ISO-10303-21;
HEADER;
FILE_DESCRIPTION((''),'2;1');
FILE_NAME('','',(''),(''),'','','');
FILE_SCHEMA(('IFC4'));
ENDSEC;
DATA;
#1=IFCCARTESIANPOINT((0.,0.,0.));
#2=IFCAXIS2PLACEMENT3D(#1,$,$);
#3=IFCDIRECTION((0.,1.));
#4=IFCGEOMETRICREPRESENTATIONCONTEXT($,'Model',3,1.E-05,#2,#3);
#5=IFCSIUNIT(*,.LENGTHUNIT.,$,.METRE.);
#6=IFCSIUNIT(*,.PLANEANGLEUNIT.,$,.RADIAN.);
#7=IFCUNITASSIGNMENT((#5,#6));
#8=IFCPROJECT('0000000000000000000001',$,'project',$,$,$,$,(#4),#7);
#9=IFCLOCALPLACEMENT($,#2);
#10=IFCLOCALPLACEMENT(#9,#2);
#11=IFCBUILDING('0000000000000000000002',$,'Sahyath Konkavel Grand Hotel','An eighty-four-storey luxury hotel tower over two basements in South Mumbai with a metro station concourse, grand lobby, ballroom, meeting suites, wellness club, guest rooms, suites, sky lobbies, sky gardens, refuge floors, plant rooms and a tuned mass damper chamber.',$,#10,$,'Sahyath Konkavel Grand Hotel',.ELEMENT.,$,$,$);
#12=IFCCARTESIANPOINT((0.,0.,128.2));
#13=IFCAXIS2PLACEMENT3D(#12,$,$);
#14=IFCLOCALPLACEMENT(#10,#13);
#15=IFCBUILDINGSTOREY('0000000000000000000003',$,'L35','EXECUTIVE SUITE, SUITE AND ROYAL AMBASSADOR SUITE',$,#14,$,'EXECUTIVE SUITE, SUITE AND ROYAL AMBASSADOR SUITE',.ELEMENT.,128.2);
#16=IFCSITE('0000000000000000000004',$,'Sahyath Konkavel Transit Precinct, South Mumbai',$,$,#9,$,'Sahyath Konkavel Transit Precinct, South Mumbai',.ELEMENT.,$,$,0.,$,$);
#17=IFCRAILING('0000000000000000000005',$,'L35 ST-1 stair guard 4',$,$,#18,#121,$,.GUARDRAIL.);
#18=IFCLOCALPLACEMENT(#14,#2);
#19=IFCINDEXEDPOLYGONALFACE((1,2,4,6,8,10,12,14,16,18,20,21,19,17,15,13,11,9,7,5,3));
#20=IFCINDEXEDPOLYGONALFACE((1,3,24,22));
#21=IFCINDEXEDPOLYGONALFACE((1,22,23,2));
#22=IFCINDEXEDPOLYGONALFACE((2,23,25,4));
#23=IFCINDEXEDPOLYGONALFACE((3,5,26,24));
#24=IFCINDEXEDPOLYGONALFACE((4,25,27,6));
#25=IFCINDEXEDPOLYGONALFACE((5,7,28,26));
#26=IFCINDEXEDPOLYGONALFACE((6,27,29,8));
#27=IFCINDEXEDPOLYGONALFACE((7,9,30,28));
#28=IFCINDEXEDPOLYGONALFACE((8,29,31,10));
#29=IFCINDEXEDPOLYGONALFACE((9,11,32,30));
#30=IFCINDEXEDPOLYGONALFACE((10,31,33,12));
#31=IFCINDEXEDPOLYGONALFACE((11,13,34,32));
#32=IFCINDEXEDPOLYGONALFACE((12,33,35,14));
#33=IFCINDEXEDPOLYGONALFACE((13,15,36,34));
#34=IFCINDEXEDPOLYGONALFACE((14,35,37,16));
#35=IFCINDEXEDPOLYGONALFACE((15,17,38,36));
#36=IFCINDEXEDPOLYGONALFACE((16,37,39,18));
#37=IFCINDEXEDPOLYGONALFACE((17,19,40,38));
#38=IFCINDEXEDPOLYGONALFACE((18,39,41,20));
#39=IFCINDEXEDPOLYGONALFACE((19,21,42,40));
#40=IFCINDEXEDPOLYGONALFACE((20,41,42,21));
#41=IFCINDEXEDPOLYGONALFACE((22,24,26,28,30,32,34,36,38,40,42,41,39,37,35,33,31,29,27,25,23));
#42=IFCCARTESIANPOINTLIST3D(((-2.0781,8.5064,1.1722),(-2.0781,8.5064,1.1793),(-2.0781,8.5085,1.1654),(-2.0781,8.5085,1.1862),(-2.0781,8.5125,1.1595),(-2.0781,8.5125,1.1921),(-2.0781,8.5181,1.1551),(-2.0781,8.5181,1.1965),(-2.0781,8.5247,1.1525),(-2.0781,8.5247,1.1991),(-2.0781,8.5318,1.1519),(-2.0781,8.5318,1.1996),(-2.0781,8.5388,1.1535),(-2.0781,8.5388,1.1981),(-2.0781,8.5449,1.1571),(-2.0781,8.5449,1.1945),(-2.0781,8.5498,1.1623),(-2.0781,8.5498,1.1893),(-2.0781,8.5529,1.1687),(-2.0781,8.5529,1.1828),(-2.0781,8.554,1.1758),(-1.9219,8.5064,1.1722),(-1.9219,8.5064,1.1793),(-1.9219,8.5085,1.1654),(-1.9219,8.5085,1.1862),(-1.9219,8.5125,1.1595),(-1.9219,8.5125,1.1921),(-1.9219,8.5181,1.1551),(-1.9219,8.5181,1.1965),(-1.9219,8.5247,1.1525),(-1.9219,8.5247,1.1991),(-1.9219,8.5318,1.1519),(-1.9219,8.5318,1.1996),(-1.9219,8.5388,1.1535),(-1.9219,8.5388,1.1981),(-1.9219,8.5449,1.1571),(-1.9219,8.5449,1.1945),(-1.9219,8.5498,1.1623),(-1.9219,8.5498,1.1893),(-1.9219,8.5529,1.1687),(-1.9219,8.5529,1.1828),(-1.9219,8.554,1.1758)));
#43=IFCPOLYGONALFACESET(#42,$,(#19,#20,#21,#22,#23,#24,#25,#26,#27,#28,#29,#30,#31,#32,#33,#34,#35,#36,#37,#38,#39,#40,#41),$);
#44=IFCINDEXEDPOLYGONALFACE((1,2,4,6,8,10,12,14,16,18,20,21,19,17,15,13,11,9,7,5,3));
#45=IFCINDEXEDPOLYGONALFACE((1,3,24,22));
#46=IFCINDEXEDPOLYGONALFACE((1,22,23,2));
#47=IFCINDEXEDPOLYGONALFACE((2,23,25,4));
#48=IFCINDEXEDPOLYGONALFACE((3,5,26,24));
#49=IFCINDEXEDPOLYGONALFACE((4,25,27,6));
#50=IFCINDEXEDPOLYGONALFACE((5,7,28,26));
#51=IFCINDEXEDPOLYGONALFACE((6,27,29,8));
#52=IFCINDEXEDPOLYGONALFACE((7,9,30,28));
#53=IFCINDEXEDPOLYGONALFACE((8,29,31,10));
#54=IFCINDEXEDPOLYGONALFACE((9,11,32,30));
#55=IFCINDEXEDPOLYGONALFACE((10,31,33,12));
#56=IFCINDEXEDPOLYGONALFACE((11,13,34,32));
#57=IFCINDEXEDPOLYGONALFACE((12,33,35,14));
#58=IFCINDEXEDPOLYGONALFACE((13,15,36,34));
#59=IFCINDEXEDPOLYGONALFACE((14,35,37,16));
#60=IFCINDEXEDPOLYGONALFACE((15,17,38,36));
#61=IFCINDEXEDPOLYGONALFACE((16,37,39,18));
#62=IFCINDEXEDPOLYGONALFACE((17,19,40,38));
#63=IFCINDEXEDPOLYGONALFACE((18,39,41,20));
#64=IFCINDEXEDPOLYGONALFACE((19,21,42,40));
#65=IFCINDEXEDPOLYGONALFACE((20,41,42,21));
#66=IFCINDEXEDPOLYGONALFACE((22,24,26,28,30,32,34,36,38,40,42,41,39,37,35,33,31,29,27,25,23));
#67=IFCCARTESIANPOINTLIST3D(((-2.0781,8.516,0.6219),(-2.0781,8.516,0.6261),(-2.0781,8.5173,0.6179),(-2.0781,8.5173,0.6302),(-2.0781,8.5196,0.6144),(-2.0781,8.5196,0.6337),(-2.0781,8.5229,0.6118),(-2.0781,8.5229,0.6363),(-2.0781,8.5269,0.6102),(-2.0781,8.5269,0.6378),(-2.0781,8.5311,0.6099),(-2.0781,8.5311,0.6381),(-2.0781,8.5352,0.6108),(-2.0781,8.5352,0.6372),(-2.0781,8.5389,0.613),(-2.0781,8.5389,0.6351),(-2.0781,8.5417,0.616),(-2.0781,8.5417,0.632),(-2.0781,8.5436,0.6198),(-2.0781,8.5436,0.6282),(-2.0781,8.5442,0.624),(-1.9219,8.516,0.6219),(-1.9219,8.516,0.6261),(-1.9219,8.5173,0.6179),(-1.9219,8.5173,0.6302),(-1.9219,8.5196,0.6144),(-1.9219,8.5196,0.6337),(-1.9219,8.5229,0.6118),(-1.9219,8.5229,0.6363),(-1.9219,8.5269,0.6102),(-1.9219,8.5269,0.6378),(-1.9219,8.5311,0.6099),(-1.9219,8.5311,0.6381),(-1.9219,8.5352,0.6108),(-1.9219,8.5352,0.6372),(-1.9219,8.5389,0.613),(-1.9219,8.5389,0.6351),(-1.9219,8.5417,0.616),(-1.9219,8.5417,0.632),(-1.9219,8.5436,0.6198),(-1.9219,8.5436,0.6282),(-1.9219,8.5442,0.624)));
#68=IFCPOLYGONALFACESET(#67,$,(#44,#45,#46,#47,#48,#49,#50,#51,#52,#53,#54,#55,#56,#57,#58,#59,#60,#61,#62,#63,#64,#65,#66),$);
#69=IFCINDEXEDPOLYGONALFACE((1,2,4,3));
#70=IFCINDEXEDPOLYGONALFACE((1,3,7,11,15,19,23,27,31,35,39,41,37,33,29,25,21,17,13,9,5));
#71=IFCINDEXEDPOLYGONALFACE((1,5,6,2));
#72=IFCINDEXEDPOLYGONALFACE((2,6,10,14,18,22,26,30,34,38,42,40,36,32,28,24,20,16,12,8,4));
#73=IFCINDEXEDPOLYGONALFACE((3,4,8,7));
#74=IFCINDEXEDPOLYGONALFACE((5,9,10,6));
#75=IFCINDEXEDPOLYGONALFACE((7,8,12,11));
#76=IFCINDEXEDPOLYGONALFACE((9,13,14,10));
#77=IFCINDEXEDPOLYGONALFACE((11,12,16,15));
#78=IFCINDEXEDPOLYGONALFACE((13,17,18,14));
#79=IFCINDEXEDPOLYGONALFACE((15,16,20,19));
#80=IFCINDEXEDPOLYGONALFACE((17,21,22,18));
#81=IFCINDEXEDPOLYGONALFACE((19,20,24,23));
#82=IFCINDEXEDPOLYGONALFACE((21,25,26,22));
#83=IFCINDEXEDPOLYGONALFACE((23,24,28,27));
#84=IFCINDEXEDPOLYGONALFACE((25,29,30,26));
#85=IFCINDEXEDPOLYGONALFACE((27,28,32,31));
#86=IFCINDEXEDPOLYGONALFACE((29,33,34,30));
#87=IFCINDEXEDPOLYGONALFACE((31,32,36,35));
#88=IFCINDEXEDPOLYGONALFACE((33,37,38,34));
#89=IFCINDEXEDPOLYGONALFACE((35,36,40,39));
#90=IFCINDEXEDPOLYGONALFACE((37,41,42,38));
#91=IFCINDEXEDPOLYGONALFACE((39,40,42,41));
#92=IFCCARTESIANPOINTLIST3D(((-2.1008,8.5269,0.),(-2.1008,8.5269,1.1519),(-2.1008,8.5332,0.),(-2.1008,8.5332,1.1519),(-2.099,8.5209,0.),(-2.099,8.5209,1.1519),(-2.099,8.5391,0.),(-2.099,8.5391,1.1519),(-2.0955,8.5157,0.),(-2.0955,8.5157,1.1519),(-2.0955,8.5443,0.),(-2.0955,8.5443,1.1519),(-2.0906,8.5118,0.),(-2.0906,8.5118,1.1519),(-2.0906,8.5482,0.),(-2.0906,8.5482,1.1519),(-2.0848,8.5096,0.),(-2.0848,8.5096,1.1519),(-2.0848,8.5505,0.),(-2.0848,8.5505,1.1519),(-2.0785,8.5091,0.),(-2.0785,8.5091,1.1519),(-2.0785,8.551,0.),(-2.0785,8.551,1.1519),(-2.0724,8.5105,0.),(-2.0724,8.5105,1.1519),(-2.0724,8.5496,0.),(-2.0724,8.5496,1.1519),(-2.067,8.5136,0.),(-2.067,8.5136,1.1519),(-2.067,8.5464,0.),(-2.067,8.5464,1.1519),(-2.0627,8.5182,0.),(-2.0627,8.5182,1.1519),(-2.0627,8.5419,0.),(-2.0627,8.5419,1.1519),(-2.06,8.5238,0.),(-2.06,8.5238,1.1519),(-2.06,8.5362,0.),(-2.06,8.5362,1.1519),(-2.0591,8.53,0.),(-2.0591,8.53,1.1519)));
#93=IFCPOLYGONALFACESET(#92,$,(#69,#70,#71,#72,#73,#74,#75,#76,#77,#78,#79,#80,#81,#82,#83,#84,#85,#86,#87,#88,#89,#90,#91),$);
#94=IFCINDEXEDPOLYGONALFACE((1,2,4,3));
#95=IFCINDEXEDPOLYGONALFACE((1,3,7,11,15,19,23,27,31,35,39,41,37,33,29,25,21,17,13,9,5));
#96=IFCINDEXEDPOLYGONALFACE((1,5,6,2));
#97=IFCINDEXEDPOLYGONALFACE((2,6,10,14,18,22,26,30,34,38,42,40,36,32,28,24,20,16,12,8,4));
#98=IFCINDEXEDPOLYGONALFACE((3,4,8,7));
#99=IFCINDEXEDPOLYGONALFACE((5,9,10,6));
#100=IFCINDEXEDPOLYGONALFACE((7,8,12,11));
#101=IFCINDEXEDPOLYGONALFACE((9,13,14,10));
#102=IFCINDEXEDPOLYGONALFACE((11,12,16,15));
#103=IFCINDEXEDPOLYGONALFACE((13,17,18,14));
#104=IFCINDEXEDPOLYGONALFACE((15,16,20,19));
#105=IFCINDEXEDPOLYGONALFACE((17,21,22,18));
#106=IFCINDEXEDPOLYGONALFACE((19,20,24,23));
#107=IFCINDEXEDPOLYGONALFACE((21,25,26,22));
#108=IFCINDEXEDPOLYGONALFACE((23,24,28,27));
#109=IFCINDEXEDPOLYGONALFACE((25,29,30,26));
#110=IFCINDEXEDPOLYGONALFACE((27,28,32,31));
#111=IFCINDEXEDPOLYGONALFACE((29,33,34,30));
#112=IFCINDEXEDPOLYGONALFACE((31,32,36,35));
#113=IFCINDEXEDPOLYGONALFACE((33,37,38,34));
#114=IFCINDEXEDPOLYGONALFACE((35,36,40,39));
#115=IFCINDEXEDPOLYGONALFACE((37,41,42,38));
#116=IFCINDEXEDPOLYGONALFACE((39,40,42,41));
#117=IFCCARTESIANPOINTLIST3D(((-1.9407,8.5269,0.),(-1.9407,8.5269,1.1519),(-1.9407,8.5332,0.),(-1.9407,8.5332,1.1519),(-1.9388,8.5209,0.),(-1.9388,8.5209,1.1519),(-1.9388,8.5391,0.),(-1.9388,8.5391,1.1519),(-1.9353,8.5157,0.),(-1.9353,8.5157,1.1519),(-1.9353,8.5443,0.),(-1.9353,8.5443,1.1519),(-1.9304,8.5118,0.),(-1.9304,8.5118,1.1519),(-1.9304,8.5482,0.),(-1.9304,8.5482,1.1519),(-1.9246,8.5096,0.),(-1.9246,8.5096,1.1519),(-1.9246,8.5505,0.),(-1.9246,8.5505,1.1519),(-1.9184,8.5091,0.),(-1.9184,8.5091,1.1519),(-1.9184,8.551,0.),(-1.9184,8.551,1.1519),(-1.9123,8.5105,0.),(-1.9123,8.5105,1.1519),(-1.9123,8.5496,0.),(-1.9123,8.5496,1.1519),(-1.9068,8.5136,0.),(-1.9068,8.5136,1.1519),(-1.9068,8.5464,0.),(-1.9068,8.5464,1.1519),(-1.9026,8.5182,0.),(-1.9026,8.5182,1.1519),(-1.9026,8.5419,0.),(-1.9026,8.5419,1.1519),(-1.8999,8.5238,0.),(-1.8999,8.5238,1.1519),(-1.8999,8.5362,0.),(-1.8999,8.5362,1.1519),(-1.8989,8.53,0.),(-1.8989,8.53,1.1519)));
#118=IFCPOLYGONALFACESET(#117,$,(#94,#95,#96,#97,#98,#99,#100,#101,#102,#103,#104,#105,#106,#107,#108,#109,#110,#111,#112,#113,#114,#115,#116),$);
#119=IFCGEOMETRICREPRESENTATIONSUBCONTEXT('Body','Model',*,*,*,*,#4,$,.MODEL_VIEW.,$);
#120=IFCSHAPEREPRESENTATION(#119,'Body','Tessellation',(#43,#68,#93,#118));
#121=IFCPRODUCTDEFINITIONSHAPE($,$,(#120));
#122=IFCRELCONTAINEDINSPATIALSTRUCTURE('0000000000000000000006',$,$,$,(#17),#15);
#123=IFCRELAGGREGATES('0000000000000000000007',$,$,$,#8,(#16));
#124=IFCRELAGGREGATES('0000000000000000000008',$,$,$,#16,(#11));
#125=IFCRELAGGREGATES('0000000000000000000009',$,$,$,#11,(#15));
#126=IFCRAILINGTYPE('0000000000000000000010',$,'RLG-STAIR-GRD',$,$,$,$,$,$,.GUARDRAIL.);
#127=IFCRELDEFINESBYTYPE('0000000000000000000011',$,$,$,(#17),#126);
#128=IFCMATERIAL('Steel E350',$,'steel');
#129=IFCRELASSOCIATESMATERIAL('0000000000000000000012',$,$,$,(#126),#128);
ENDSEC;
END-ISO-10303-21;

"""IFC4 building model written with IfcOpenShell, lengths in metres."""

from ifc_helpers import new_model, si_unit, direction, frame, origin, origin_2d, place, context, subcontext, project, spatial, circle, extrude, material, type_object, element, save


model = new_model("IFC4")

# Units and contexts
model_context = context("Model", 3, precision=1e-05, world=origin(), true_north=direction((0.0, 1.0)))
body_context = subcontext(model_context, "Body", "Model", "MODEL_VIEW")
ifc_project = project(units=[si_unit("LENGTHUNIT", "METRE"), si_unit("PLANEANGLEUNIT", "RADIAN")], contexts=[model_context])

# Site, building, storey
site_placement = place(None, origin())
site = spatial("IfcSite", under=ifc_project, at=site_placement, Name="Sahyath Konkavel Transit Precinct, South Mumbai", LongName="Sahyath Konkavel Transit Precinct, South Mumbai", CompositionType="ELEMENT", RefElevation=0.0)
building_placement = place(site_placement, origin())
building = spatial("IfcBuilding", under=site, at=building_placement, Name="Sahyath Konkavel Grand Hotel", Description="An eighty-four-storey luxury hotel tower over two basements in South Mumbai with a metro station concourse, grand lobby, ballroom, meeting suites, wellness club, guest rooms, suites, sky lobbies, sky gardens, refuge floors, plant rooms and a tuned mass damper chamber.", LongName="Sahyath Konkavel Grand Hotel", CompositionType="ELEMENT")
storey_placement = place(building_placement, frame((0.0, 0.0, 128.2)))
storey = spatial("IfcBuildingStorey", under=building, at=storey_placement, Name="L35", Description="EXECUTIVE SUITE, SUITE AND ROYAL AMBASSADOR SUITE", LongName="EXECUTIVE SUITE, SUITE AND ROYAL AMBASSADOR SUITE", CompositionType="ELEMENT", Elevation=128.2)

# Shared definitions
ifc_material_1 = material(Name="Steel E350", Category="steel")

# Railing
railing_type_1 = type_object("IfcRailingType", Name="RLG-STAIR-GRD", PredefinedType="GUARDRAIL", material=ifc_material_1)
railing_1_placement = place(storey_placement, frame((-2.0801, 8.53, 0.0)))
element("IfcRailing", 1, at=railing_1_placement, inside=storey, type_object=railing_type_1, Name="L35 ST-1 stair guard 4", PredefinedType="GUARDRAIL", context=body_context, shape_type="SweptSolid", body=[
    extrude(circle(Radius=0.0239, at=origin_2d()), frame((0.002, 0.0, 1.1758), z_axis=(1.0, 0.0, 0.0), x_axis=(0.0, 1.0, 0.0)), (0.0, 0.0, 1.0), 0.1562),
    extrude(circle(Radius=0.0142, at=origin_2d()), frame((0.002, 0.0, 0.624), z_axis=(1.0, 0.0, 0.0), x_axis=(0.0, 1.0, 0.0)), (0.0, 0.0, 1.0), 0.1562),
    extrude(circle(Radius=0.021, at=origin_2d()), origin(), (0.0, 0.0, 1.0), 1.1519),
    extrude(circle(Radius=0.021, at=origin_2d()), frame((0.1602, 0.0, 0.0)), (0.0, 0.0, 1.0), 1.1519),
])

save(model, "model.ifc")
